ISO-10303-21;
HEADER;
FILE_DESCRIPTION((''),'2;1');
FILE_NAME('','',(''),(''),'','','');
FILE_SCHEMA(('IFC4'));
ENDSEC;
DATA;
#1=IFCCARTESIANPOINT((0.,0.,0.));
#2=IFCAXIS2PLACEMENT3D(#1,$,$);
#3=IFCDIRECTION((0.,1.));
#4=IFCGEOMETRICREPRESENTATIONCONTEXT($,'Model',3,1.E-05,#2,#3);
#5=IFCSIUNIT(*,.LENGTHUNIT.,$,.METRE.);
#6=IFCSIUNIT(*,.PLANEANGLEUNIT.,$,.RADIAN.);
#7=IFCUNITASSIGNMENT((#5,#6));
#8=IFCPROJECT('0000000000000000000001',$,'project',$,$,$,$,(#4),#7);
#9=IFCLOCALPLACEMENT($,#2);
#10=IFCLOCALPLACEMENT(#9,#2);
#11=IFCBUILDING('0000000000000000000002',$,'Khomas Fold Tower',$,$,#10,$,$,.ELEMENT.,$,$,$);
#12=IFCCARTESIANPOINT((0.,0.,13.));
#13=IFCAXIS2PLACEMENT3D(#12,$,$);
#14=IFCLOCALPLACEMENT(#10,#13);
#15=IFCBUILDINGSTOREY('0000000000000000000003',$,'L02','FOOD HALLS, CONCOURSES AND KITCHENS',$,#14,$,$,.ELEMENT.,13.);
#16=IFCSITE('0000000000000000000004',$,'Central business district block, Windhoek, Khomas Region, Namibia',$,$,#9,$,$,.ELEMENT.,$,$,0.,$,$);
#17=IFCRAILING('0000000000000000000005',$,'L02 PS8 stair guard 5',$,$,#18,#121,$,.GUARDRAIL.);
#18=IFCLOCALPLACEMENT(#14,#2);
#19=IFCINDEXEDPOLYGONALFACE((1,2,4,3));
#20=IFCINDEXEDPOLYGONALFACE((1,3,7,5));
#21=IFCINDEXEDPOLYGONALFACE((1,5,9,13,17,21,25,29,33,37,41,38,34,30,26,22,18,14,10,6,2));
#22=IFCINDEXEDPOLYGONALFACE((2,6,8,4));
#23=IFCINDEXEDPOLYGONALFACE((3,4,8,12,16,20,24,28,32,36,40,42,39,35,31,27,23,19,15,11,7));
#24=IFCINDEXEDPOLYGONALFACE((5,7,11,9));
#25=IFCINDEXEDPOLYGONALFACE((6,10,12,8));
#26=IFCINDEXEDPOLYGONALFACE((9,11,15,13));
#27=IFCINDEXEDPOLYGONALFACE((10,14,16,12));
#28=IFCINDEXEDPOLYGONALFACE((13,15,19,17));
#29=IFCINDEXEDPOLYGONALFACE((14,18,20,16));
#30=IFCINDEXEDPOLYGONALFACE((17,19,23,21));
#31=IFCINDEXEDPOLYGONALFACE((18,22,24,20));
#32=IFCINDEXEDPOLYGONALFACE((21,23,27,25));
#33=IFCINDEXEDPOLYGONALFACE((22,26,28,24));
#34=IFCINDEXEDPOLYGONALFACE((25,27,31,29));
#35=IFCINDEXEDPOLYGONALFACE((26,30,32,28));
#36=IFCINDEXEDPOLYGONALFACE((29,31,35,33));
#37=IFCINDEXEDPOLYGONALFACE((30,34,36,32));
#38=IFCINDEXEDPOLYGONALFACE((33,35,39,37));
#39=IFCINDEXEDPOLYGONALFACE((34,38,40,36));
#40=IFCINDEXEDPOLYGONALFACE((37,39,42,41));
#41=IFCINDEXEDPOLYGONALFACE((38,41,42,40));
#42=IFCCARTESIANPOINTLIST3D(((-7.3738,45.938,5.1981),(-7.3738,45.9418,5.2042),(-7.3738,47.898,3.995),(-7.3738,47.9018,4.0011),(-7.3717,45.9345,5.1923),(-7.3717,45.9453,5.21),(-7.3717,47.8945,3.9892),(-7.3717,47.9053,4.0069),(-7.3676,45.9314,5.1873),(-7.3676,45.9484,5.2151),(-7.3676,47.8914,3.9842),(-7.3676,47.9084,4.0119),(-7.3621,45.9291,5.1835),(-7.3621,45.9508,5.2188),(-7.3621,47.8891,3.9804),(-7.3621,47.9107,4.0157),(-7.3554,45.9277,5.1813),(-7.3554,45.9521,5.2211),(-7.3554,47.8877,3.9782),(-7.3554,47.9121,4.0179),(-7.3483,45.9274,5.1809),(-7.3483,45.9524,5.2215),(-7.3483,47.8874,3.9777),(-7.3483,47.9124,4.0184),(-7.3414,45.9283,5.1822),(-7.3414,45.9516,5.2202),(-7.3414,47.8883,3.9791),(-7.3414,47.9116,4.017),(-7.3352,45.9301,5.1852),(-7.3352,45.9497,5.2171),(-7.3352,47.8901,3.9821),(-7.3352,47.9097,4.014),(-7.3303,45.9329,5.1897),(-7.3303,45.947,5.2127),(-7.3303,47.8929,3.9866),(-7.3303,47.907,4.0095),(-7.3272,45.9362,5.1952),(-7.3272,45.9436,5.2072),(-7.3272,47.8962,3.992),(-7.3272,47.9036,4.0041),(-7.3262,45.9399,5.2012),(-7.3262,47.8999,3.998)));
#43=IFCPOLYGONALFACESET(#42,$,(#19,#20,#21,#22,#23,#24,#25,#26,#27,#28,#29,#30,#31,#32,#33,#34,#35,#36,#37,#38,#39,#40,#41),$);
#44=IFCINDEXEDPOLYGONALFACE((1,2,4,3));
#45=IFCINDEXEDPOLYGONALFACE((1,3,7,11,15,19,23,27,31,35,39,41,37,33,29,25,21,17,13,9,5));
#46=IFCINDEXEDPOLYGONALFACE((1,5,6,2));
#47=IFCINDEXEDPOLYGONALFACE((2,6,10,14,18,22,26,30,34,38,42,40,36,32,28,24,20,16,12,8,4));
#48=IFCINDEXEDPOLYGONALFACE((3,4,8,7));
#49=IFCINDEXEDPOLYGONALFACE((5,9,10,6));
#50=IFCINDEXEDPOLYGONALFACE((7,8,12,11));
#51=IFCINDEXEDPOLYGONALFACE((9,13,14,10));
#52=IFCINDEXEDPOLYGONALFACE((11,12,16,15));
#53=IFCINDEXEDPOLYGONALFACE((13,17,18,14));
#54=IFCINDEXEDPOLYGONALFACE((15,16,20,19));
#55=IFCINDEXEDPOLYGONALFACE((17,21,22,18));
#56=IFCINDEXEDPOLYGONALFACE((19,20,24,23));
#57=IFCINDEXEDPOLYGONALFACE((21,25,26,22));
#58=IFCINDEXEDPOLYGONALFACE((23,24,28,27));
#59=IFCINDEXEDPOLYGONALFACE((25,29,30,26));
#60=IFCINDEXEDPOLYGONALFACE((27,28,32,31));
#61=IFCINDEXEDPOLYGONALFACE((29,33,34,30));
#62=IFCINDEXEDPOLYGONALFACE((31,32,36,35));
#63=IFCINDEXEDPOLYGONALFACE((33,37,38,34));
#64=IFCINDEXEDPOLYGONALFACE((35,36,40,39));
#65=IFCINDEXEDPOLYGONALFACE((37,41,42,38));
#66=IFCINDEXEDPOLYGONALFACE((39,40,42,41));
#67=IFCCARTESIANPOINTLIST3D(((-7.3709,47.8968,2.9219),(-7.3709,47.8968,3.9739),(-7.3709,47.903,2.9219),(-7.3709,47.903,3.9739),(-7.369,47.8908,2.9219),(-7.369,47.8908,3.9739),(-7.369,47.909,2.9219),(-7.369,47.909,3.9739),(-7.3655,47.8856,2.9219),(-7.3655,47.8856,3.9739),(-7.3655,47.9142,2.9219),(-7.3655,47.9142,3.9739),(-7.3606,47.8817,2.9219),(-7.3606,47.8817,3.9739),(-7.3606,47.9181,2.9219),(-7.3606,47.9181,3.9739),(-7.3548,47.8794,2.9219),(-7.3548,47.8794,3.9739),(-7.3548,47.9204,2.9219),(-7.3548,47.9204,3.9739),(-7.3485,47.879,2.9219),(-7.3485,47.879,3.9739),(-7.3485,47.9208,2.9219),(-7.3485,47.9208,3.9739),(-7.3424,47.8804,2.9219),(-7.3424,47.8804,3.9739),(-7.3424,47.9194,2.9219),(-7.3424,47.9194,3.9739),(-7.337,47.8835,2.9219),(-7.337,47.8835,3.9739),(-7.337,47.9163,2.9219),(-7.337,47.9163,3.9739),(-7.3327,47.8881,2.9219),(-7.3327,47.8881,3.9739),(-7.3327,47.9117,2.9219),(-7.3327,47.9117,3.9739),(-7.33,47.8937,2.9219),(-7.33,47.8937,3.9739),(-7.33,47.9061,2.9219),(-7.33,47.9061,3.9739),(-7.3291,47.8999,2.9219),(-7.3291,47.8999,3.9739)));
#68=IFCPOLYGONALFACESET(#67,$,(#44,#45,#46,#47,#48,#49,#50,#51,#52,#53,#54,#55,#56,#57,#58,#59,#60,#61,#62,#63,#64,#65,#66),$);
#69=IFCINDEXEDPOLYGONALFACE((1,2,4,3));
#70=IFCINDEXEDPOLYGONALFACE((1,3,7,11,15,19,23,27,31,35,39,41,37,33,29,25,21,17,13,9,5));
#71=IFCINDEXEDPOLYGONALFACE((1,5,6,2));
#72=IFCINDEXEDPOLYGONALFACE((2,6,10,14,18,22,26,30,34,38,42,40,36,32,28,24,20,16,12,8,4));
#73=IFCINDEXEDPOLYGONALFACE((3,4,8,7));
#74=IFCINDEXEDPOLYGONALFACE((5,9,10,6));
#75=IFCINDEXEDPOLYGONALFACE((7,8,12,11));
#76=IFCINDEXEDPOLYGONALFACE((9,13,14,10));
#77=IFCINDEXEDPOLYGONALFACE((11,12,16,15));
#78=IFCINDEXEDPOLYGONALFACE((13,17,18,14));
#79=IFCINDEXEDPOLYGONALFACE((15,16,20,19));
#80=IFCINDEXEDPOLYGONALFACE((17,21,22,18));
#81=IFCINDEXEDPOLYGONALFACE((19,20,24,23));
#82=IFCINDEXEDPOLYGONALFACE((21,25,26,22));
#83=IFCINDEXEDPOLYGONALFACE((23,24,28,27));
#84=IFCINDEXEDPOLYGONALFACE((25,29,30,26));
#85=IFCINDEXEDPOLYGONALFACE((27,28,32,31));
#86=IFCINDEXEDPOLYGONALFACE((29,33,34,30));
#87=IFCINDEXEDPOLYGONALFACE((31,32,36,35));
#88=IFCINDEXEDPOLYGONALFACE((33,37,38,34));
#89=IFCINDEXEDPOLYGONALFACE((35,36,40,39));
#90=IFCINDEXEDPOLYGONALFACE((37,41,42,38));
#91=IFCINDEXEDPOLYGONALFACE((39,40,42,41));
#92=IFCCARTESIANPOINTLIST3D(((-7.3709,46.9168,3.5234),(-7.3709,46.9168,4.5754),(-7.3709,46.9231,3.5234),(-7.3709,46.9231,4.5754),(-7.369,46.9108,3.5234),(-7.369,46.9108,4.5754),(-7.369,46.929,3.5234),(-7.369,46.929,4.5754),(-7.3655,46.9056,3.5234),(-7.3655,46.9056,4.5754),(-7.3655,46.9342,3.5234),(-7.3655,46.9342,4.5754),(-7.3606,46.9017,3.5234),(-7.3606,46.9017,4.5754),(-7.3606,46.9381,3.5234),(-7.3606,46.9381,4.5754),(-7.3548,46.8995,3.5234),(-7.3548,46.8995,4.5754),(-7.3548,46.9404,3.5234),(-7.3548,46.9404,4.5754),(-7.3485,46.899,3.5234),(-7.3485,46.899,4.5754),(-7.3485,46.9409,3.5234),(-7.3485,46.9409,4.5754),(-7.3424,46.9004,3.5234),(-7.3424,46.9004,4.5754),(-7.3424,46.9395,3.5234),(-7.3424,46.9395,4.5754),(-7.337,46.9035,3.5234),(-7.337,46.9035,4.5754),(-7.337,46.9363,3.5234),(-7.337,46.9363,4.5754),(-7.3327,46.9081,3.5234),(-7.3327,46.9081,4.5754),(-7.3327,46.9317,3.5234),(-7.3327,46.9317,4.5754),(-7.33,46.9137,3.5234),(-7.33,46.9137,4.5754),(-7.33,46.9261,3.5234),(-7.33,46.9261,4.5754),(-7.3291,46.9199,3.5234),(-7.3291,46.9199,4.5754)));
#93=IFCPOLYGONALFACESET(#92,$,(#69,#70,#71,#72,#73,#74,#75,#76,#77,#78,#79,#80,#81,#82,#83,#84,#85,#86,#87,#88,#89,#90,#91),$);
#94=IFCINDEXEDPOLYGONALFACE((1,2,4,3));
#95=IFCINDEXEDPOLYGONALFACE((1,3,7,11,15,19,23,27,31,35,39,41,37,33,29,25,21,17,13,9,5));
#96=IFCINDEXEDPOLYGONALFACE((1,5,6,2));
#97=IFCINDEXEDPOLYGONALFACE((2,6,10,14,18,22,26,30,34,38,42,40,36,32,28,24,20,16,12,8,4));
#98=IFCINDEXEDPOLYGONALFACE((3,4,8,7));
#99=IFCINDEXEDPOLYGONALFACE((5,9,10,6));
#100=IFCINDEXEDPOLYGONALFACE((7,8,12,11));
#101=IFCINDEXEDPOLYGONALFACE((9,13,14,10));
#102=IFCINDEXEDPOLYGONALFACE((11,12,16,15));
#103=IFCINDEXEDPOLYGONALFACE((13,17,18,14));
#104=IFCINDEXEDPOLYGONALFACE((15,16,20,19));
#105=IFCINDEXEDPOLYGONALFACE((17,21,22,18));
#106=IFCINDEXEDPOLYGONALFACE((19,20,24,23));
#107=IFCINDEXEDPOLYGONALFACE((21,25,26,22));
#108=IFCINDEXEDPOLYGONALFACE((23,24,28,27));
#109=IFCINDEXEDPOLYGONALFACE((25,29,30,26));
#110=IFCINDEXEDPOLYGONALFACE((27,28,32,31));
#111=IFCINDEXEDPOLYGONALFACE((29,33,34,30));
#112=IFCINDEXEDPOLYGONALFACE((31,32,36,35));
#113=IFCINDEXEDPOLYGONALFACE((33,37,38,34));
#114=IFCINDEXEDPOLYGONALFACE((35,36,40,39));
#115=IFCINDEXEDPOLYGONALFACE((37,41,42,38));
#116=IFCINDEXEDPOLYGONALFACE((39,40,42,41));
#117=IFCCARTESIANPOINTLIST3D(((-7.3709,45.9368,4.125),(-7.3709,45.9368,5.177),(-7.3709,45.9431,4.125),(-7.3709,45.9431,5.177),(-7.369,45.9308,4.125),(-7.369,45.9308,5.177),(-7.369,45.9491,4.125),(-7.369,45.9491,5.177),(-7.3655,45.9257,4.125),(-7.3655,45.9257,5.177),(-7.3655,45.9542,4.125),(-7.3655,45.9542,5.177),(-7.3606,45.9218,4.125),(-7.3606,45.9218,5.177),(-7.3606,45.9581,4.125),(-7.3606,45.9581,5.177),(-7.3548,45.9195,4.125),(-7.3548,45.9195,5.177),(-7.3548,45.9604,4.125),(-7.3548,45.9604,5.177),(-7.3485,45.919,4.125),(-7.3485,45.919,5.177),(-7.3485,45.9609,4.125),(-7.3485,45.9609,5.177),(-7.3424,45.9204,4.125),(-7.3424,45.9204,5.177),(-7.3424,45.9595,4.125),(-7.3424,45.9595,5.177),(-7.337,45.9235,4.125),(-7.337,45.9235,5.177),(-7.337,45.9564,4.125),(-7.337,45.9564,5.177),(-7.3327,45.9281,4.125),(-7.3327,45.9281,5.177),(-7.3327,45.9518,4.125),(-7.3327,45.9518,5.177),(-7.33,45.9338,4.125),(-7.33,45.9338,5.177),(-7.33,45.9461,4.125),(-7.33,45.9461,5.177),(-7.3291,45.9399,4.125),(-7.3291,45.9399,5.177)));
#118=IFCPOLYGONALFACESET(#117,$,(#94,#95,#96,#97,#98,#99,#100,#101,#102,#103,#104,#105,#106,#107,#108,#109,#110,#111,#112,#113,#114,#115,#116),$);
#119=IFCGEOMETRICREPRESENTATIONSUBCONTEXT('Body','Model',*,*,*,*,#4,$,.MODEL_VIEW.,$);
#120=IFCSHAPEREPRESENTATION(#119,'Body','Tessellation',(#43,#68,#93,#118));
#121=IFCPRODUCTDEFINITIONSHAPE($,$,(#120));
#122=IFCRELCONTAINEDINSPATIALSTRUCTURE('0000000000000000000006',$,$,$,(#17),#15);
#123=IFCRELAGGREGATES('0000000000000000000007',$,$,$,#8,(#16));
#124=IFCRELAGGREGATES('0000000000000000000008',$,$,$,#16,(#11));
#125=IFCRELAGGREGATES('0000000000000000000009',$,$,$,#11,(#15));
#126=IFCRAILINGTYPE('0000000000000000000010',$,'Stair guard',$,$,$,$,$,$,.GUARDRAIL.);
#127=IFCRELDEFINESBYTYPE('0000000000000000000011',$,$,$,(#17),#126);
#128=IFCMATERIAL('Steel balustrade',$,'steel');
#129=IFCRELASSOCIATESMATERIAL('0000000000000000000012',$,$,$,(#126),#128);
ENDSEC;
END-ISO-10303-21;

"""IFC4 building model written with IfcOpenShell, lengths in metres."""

from ifc_helpers import new_model, si_unit, direction, frame, origin, origin_2d, place, context, subcontext, project, spatial, circle, extrude, source, transform, mapped, material, type_object, element, save


model = new_model("IFC4")

# Units and contexts
model_context = context("Model", 3, precision=1e-05, world=origin(), true_north=direction((0.0, 1.0)))
body_context = subcontext(model_context, "Body", "Model", "MODEL_VIEW")
ifc_project = project(units=[si_unit("LENGTHUNIT", "METRE"), si_unit("PLANEANGLEUNIT", "RADIAN")], contexts=[model_context])

# Site, building, storey
site_placement = place(None, origin())
site = spatial("IfcSite", under=ifc_project, at=site_placement, Name="Central business district block, Windhoek, Khomas Region, Namibia", CompositionType="ELEMENT", RefElevation=0.0)
building_placement = place(site_placement, origin())
building = spatial("IfcBuilding", under=site, at=building_placement, Name="Khomas Fold Tower", CompositionType="ELEMENT")
storey_placement = place(building_placement, frame((0.0, 0.0, 13.0)))
storey = spatial("IfcBuildingStorey", under=building, at=storey_placement, Name="L02", Description="FOOD HALLS, CONCOURSES AND KITCHENS", CompositionType="ELEMENT", Elevation=13.0)

# Railing
ifc_material_1 = material(Name="Steel balustrade", Category="steel")
railing_type_1 = type_object("IfcRailingType", Name="Stair guard", PredefinedType="GUARDRAIL", material=ifc_material_1)
shared_shape_1 = source(origin(), body_context, "Body", "SweptSolid", [
    extrude(circle(Radius=0.0239, at=origin_2d()), frame((0.0, 0.0, 1.0762), z_axis=(0.0, -0.852241, 0.523149), x_axis=(1.0, 0.0, 0.0)), (0.0, 0.0, 1.0), 2.2998),
    extrude(circle(Radius=0.021, at=origin_2d()), origin(), (0.0, 0.0, 1.0), 1.052),
    extrude(circle(Radius=0.021, at=origin_2d()), frame((0.0, -0.98, 0.6016)), (0.0, 0.0, 1.0), 1.052),
    extrude(circle(Radius=0.021, at=origin_2d()), frame((0.0, -1.96, 1.2031)), (0.0, 0.0, 1.0), 1.052),
])
for number, where, name in (
    (1, (-7.3501, 47.8999, 2.9219), "L02 PS8 stair guard 5"),
):
    element("IfcRailing", number, at=place(storey_placement, frame(where)), inside=storey, type_object=railing_type_1, Name=name, PredefinedType="GUARDRAIL", context=body_context, shape_type="MappedRepresentation", body=[
        mapped(shared_shape_1, transform((0.0, 0.0, 0.0))),
    ])

save(model, "model.ifc")
